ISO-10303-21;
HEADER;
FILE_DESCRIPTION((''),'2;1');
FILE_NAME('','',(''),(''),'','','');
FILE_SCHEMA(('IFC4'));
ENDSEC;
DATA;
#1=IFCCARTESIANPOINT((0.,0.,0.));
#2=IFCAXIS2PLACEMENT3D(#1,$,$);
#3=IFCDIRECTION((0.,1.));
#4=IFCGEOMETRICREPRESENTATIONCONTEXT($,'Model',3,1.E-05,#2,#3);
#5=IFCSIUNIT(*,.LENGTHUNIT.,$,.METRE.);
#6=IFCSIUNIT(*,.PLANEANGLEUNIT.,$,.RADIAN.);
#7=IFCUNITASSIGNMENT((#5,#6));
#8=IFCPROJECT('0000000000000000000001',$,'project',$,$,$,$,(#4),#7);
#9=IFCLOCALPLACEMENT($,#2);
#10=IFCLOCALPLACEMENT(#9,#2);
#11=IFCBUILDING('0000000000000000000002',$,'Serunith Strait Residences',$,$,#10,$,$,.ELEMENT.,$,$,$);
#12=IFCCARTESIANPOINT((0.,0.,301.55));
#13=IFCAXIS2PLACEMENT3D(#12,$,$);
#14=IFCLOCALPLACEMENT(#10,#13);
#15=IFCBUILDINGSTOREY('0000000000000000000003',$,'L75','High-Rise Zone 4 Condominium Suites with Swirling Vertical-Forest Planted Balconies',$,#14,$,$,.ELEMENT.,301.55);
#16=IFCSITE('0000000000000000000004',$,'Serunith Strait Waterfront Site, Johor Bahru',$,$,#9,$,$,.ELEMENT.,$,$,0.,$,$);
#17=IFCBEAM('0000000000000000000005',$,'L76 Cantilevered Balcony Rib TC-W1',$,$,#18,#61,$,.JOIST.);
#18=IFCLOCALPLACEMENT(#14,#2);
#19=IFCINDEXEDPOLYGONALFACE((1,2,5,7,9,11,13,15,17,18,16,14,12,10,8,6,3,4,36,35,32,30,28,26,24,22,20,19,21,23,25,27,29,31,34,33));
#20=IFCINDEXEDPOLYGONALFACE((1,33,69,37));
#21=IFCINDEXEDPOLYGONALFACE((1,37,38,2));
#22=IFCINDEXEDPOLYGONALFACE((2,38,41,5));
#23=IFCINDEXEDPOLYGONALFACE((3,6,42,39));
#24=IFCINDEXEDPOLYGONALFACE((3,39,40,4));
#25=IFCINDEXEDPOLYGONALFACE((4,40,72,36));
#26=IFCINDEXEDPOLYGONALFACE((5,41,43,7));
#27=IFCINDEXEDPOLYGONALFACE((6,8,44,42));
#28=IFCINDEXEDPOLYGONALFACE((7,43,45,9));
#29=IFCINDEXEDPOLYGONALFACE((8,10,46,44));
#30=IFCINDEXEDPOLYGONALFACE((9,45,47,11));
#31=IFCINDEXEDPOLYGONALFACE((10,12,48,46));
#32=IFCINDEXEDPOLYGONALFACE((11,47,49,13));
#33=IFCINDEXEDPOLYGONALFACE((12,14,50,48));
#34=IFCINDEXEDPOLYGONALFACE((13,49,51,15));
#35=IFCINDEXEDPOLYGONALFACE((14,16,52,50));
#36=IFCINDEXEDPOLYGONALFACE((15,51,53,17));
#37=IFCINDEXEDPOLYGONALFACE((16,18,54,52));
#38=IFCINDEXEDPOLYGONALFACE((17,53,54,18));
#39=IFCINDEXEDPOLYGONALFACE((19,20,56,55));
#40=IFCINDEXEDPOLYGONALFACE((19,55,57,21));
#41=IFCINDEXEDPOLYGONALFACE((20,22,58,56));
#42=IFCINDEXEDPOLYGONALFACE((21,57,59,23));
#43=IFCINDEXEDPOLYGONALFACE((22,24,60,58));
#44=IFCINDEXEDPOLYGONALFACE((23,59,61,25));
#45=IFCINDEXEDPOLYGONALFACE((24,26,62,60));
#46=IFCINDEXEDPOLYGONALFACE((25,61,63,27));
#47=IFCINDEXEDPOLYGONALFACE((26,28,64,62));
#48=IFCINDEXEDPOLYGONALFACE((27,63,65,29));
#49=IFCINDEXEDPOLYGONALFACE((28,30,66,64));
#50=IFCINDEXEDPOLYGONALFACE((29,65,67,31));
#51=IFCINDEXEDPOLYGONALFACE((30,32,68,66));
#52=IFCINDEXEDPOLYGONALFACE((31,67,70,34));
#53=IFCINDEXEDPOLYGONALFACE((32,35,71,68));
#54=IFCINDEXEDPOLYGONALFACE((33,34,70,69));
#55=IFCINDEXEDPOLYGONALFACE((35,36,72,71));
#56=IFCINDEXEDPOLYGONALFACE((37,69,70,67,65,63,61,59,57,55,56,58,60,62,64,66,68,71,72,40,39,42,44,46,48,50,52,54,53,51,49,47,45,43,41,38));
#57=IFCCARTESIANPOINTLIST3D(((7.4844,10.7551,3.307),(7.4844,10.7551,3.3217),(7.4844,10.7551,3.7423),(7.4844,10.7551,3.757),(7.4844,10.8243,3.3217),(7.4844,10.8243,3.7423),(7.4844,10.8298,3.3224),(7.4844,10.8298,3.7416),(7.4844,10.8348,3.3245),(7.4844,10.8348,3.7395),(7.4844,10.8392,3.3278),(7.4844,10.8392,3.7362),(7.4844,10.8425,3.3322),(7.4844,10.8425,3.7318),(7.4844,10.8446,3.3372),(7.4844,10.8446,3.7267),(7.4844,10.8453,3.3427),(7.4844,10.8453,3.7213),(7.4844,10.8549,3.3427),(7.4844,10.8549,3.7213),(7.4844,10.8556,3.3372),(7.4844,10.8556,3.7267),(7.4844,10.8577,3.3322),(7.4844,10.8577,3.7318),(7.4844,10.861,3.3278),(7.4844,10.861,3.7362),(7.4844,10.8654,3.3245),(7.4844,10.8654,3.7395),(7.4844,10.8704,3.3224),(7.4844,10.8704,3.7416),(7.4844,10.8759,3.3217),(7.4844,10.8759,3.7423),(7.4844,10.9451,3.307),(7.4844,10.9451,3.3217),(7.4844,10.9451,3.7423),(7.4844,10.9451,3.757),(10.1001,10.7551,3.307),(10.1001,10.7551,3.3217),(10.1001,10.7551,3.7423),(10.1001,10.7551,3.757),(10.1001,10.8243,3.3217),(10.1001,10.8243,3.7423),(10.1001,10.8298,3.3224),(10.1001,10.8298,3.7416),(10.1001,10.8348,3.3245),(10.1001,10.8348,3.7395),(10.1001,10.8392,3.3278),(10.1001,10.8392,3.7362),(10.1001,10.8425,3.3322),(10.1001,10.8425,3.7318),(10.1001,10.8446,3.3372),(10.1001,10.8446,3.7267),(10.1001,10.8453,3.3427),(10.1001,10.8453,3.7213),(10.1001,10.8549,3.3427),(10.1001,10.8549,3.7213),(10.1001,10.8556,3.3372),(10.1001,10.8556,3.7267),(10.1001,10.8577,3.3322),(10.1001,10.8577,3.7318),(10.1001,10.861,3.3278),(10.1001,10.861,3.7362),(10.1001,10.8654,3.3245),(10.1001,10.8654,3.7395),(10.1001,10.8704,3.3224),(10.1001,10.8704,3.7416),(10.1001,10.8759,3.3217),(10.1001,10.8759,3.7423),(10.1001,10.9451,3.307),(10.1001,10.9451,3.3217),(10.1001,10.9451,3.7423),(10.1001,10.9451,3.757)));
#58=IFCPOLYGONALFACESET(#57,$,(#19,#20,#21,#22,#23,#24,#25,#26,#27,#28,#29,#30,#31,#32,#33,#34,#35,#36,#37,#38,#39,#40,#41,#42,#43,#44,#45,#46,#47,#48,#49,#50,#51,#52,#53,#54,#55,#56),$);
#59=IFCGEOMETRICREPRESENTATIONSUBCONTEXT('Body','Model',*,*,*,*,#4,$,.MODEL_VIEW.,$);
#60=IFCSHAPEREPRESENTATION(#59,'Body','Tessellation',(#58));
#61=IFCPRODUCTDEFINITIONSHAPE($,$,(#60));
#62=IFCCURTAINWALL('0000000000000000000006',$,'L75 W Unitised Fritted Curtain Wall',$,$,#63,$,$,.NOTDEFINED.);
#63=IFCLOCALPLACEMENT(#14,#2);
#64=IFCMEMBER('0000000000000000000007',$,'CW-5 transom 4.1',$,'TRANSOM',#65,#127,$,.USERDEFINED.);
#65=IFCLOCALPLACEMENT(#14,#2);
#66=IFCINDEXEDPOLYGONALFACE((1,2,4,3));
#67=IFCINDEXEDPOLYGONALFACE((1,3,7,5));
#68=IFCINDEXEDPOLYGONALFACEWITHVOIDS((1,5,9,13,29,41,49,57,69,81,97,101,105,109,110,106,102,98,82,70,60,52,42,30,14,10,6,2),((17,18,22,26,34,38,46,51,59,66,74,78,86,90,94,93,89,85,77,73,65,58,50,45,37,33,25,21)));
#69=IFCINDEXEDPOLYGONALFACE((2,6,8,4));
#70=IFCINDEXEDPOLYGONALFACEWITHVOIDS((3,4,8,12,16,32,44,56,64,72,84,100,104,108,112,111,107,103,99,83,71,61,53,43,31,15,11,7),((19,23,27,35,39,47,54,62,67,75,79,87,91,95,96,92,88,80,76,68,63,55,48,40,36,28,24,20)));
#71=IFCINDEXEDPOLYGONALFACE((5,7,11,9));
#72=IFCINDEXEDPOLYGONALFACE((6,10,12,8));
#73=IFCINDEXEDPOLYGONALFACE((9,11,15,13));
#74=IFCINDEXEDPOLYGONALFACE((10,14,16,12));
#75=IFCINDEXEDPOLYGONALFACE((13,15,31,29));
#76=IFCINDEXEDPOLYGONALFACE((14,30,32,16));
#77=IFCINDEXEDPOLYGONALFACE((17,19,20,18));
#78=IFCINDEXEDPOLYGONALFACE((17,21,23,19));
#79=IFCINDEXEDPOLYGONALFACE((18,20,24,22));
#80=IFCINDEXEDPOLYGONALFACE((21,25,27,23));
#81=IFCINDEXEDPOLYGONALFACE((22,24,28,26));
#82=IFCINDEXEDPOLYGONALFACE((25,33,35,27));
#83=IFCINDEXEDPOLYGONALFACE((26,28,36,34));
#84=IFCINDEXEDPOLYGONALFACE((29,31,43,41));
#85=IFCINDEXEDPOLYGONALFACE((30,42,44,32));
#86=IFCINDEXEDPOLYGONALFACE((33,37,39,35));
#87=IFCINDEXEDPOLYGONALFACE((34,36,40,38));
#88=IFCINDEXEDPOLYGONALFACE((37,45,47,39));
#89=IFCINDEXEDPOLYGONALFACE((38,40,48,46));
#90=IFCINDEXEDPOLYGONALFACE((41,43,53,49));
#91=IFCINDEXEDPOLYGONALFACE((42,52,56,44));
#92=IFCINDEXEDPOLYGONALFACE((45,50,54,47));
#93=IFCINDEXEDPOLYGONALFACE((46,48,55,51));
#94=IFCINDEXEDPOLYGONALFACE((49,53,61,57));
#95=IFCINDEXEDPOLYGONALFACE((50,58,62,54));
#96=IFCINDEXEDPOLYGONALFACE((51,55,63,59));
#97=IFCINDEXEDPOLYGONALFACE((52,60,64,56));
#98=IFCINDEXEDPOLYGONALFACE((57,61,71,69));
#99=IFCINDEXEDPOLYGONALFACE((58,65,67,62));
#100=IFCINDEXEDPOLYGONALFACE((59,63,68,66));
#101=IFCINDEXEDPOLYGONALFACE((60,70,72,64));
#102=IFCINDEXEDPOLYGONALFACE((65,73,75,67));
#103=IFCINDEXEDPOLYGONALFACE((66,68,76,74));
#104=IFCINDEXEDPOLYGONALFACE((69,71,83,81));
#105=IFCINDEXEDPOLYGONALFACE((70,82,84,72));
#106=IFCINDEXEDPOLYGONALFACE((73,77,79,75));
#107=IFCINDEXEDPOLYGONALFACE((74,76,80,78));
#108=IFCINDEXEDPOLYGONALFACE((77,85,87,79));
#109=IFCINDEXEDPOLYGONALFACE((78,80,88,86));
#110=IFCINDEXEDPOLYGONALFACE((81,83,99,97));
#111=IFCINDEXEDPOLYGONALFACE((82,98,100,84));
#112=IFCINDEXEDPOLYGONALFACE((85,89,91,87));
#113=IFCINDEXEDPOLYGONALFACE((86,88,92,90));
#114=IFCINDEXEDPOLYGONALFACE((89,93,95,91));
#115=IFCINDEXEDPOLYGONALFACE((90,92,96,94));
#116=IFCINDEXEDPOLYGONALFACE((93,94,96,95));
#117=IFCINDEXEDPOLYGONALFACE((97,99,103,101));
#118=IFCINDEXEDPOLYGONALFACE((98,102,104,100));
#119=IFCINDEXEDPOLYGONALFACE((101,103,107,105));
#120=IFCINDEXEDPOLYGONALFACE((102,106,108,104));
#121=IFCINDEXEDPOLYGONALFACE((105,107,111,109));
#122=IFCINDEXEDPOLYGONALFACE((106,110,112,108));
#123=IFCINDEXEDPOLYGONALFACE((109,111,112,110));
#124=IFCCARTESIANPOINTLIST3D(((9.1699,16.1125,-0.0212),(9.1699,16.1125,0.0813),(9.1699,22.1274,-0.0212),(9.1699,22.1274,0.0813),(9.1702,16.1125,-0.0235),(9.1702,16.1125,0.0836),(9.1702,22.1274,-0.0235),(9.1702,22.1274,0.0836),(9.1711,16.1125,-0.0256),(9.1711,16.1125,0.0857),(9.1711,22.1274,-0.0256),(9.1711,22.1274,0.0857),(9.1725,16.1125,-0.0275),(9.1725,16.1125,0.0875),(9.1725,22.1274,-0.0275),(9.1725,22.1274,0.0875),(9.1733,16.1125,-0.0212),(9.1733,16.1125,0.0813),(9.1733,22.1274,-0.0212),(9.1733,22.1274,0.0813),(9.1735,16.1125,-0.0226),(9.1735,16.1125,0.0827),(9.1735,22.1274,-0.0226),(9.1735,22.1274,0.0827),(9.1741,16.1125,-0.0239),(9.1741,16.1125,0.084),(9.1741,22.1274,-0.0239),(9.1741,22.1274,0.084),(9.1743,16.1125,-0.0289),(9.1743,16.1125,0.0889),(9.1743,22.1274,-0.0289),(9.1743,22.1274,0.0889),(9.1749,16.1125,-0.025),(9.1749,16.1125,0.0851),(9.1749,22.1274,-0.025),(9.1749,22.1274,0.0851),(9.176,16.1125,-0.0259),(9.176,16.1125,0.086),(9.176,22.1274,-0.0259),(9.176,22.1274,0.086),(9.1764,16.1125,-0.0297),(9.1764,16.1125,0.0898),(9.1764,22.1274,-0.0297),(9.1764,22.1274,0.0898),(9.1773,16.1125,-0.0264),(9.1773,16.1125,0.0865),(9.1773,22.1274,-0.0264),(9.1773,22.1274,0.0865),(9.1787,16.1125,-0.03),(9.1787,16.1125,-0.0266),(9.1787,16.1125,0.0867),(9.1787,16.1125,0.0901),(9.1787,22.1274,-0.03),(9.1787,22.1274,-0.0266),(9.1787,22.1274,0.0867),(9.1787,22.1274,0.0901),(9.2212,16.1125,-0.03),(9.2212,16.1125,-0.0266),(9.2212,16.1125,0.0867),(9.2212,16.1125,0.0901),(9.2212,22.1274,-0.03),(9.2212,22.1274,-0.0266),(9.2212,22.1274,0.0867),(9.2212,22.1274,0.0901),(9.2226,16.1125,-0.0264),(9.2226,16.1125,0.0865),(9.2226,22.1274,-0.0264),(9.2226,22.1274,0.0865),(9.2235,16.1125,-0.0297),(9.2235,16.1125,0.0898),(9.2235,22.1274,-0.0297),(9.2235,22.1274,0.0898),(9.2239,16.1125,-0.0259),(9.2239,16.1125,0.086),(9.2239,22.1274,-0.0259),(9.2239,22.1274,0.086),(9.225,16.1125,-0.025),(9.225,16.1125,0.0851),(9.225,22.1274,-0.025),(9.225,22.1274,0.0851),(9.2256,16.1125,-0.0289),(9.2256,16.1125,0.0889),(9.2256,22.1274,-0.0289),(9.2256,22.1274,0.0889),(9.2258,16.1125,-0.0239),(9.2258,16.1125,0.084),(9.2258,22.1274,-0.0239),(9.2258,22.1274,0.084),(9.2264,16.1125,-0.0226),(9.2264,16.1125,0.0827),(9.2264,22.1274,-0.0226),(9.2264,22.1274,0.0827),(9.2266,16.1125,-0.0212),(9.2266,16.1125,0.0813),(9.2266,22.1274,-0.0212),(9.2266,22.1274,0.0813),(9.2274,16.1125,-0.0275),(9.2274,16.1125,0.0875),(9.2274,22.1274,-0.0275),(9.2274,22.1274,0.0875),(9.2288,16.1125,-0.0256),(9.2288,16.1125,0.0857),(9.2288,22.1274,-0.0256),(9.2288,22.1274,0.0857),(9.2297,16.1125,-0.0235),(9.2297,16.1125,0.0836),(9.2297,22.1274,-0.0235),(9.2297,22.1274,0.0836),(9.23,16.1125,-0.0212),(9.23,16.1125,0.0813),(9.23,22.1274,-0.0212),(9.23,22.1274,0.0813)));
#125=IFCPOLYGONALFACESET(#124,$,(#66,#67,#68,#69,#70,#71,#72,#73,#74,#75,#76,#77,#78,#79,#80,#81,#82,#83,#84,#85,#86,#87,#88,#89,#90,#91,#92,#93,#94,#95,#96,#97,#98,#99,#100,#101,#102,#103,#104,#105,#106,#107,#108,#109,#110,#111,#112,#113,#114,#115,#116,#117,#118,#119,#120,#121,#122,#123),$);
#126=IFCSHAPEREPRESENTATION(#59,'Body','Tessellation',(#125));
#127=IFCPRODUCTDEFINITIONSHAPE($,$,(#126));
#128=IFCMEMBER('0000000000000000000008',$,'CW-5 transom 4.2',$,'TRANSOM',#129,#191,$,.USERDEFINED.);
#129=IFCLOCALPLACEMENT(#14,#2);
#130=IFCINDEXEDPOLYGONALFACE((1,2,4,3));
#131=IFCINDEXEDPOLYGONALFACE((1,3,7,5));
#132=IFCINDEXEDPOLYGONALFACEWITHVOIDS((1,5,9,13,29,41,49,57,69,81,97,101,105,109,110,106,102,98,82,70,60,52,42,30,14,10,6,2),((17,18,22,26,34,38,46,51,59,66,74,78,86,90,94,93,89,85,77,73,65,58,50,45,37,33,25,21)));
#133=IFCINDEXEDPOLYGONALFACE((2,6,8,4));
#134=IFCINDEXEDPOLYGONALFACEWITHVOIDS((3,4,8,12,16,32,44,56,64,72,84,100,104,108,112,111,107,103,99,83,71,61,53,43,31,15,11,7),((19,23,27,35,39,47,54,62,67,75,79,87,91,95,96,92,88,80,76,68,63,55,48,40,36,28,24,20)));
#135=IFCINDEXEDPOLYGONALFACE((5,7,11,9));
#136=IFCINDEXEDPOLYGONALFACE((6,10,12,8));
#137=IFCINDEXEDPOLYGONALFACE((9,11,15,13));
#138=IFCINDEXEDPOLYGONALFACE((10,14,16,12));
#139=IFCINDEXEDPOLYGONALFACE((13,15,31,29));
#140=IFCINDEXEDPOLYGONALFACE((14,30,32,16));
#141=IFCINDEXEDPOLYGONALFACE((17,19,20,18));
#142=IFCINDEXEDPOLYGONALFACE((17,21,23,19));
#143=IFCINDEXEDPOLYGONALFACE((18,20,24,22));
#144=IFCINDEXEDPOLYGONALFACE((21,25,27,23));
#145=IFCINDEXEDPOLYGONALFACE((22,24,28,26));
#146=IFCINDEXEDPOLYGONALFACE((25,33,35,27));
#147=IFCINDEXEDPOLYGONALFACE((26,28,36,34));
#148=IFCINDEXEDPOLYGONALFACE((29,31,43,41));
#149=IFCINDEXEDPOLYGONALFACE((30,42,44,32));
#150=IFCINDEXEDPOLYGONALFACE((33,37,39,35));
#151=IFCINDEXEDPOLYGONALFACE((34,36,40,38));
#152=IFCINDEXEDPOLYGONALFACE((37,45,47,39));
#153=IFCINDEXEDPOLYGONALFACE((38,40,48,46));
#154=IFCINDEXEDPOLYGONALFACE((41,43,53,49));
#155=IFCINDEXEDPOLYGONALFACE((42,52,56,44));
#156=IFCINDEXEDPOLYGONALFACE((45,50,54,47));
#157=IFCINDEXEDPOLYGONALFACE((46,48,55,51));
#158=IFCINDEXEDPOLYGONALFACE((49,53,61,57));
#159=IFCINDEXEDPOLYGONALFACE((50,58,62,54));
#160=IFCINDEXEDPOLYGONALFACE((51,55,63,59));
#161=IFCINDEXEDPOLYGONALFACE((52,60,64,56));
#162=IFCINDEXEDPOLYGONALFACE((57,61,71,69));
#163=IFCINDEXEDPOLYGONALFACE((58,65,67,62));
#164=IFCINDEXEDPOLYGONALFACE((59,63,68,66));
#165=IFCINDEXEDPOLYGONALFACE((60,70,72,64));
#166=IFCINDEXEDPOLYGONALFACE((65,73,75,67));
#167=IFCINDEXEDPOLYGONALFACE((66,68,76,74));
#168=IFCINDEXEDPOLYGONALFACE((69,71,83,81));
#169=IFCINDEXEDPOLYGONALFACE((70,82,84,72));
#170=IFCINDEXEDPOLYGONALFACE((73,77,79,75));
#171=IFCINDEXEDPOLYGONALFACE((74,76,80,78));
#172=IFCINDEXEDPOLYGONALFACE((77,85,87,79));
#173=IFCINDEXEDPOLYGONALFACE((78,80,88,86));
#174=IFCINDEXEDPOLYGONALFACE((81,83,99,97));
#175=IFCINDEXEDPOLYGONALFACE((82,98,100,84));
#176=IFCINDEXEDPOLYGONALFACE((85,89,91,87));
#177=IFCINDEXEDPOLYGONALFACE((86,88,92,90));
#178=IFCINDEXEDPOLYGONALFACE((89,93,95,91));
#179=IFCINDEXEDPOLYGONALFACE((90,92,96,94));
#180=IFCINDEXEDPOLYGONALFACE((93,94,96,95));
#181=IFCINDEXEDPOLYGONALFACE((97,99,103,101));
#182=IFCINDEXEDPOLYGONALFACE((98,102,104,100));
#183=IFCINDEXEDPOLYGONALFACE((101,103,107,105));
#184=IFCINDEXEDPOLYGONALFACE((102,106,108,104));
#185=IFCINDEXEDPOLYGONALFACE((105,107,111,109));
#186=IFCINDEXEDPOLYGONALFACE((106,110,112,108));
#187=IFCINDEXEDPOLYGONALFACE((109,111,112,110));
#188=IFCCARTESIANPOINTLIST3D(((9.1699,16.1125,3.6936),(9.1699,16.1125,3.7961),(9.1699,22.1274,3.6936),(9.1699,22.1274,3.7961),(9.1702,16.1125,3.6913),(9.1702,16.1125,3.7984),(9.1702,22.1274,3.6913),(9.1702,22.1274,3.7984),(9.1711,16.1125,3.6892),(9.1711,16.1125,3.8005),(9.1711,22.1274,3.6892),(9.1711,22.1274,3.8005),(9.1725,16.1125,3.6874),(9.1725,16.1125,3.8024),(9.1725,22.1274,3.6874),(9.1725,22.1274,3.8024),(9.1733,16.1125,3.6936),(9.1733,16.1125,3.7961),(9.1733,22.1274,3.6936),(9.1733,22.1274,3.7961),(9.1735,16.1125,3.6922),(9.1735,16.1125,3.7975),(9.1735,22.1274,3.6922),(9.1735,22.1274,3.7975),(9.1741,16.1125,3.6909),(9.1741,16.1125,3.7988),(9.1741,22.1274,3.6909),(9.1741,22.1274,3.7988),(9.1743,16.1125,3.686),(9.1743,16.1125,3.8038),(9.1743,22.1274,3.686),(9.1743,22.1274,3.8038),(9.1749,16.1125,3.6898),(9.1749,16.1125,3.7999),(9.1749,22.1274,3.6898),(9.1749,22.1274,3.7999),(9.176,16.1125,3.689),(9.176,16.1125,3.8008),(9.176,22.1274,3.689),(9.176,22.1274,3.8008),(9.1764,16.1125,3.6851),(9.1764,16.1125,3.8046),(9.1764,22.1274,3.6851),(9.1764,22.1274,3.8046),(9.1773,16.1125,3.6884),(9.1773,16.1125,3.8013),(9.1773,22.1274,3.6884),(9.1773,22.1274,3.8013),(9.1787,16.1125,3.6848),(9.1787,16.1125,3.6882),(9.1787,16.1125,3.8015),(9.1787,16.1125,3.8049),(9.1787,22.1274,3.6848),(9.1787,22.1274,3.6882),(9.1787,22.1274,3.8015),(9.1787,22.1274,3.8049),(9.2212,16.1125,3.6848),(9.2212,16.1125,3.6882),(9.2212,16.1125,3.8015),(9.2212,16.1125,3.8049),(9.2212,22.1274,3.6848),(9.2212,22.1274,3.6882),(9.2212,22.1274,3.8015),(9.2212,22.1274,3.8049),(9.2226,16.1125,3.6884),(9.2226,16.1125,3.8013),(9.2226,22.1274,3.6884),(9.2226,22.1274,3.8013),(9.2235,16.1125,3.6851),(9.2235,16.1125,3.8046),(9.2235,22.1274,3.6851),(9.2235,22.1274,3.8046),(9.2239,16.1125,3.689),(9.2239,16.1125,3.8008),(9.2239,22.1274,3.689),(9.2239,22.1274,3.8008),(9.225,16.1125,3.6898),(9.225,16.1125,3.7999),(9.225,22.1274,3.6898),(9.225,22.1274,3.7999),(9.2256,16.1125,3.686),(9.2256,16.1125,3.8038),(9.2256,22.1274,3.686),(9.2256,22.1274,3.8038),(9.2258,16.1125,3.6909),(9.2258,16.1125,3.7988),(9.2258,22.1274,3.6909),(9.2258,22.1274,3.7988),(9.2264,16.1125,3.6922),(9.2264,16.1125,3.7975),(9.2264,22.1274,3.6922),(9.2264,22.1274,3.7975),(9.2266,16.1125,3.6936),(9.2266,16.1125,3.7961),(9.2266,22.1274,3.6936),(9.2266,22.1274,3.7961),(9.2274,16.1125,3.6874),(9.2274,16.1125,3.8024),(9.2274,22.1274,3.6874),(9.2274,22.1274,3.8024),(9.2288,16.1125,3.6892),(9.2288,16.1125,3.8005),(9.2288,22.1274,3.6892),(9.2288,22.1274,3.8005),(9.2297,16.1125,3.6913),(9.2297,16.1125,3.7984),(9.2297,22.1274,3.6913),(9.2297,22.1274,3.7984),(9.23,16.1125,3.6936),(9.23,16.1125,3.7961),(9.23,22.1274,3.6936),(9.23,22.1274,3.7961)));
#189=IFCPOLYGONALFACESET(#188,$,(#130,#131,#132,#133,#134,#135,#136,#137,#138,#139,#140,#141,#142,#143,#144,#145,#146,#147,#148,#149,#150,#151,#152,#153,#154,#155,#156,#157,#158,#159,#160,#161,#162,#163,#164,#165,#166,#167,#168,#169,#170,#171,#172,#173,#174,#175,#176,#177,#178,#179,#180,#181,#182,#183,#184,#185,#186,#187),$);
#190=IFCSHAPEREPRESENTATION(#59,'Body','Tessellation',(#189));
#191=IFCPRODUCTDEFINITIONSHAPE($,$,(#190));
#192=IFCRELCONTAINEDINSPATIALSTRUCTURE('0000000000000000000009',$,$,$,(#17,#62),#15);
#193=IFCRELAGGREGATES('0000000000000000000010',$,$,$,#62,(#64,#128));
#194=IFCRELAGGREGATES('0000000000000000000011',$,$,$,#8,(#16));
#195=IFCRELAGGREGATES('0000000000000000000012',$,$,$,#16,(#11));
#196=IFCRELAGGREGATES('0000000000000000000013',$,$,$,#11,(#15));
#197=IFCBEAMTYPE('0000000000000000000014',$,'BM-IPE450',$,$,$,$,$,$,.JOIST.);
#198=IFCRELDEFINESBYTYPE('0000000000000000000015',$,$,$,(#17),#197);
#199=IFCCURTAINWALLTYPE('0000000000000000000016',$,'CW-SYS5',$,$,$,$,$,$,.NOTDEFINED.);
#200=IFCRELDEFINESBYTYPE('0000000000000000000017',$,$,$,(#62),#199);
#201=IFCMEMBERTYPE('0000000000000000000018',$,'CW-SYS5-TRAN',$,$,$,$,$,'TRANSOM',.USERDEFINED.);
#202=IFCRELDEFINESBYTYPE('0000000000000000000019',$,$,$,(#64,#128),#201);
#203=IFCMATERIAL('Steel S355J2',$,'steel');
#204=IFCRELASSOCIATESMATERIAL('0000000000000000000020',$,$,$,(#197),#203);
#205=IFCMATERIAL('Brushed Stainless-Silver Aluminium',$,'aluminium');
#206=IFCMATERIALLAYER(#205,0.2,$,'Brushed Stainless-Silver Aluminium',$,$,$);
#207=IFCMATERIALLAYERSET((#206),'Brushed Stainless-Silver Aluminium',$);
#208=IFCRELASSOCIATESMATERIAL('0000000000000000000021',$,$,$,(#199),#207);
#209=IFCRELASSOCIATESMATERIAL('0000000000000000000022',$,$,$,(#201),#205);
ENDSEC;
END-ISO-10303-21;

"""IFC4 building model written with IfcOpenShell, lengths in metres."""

from ifc_helpers import new_model, si_unit, direction, frame, origin, origin_2d, place, context, subcontext, project, spatial, hollow_rectangle, i_section, extrude, source, transform, mapped, material, layer, layer_set, material_profile, profile_set, type_object, element, aggregate, save


model = new_model("IFC4")

# Units and contexts
model_context = context("Model", 3, precision=1e-05, world=origin(), true_north=direction((0.0, 1.0)))
body_context = subcontext(model_context, "Body", "Model", "MODEL_VIEW")
ifc_project = project(units=[si_unit("LENGTHUNIT", "METRE"), si_unit("PLANEANGLEUNIT", "RADIAN")], contexts=[model_context])

# Site, building, storey
site_placement = place(None, origin())
site = spatial("IfcSite", under=ifc_project, at=site_placement, Name="Serunith Strait Waterfront Site, Johor Bahru", CompositionType="ELEMENT", RefElevation=0.0)
building_placement = place(site_placement, origin())
building = spatial("IfcBuilding", under=site, at=building_placement, Name="Serunith Strait Residences", CompositionType="ELEMENT")
storey_placement = place(building_placement, frame((0.0, 0.0, 301.55)))
storey = spatial("IfcBuildingStorey", under=building, at=storey_placement, Name="L75", Description="High-Rise Zone 4 Condominium Suites with Swirling Vertical-Forest Planted Balconies", CompositionType="ELEMENT", Elevation=301.55)

# Beam
ifc_material_1 = material(Name="Steel S355J2", Category="steel")
ifc_material_profile_1 = material_profile(ifc_material_1, i_section(OverallWidth=0.1899, OverallDepth=0.45, WebThickness=0.0095, FlangeThickness=0.0146, FilletRadius=0.021, at=origin_2d()), Name="IPE 450")
ifc_profile_set_1 = profile_set([ifc_material_profile_1], Name="Steel S355J2")
beam_type_1 = type_object("IfcBeamType", Name="BM-IPE450", PredefinedType="JOIST", material=ifc_profile_set_1)
shared_shape_1 = source(origin(), body_context, "Body", "SweptSolid", [
    extrude(i_section(OverallWidth=0.1899, OverallDepth=0.45, WebThickness=0.0095, FlangeThickness=0.0146, FilletRadius=0.021, at=origin_2d()), origin(), (0.0, 0.0, 1.0), 2.6157),
])
beam_1_placement = place(storey_placement, frame((10.1001, 10.8501, 3.532), z_axis=(-1.0, 0.0, 0.0), x_axis=(0.0, -1.0, 0.0)))
element("IfcBeam", 1, at=beam_1_placement, inside=storey, type_object=beam_type_1, Name="L76 Cantilevered Balcony Rib TC-W1", PredefinedType="JOIST", context=body_context, shape_type="MappedRepresentation", body=[
    mapped(shared_shape_1, transform((0.0, 0.0, 0.0), scale=1.0)),
])

# Curtain wall, members
ifc_material_2 = material(Name="Brushed Stainless-Silver Aluminium", Category="aluminium")
ifc_layer_1 = layer(ifc_material_2, 0.2, Name="Brushed Stainless-Silver Aluminium")
ifc_layer_set_1 = layer_set([ifc_layer_1], Name="Brushed Stainless-Silver Aluminium")
curtain_wall_type = type_object("IfcCurtainWallType", Name="CW-SYS5", PredefinedType="NOTDEFINED", material=ifc_layer_set_1)
curtain_wall_placement = place(storey_placement, origin())
curtain_wall = element("IfcCurtainWall", 2, at=curtain_wall_placement, inside=storey, type_object=curtain_wall_type, Name="L75 W Unitised Fritted Curtain Wall", PredefinedType="NOTDEFINED")
ifc_material_profile_2 = material_profile(ifc_material_2, hollow_rectangle(XDim=0.0601, YDim=0.1201, WallThickness=0.0034, InnerFilletRadius=0.0054, OuterFilletRadius=0.0088, at=origin_2d()), Name="ALU 120x60x3.5")
ifc_profile_set_2 = profile_set([ifc_material_profile_2], Name="Brushed Stainless-Silver Aluminium")
member_type_1 = type_object("IfcMemberType", Name="CW-SYS5-TRAN", ElementType="TRANSOM", PredefinedType="USERDEFINED", material=ifc_profile_set_2)
shared_shape_2 = source(origin(), body_context, "Body", "SweptSolid", [
    extrude(hollow_rectangle(XDim=0.0601, YDim=0.1201, WallThickness=0.0034, InnerFilletRadius=0.0054, OuterFilletRadius=0.0088, at=origin_2d()), origin(), (0.0, 0.0, 1.0), 6.0149),
])
member_1_placement = place(storey_placement, frame((9.2, 22.1274, 0.03), z_axis=(0.0, -1.0, 0.0), x_axis=(1.0, 0.0, 0.0)))
member_1 = element("IfcMember", 3, at=member_1_placement, type_object=member_type_1, Name="CW-5 transom 4.1", ObjectType="TRANSOM", PredefinedType="USERDEFINED", context=body_context, shape_type="MappedRepresentation", body=[
    mapped(shared_shape_2, transform((0.0, 0.0, 0.0), scale=1.0)),
])
member_2_placement = place(storey_placement, frame((9.2, 22.1274, 3.7449), z_axis=(0.0, -1.0, 0.0), x_axis=(1.0, 0.0, 0.0)))
member_2 = element("IfcMember", 4, at=member_2_placement, type_object=member_type_1, Name="CW-5 transom 4.2", ObjectType="TRANSOM", PredefinedType="USERDEFINED", context=body_context, shape_type="MappedRepresentation", body=[
    mapped(shared_shape_2, transform((0.0, 0.0, 0.0), scale=1.0)),
])
aggregate(curtain_wall, [member_1, member_2])

save(model, "model.ifc")
